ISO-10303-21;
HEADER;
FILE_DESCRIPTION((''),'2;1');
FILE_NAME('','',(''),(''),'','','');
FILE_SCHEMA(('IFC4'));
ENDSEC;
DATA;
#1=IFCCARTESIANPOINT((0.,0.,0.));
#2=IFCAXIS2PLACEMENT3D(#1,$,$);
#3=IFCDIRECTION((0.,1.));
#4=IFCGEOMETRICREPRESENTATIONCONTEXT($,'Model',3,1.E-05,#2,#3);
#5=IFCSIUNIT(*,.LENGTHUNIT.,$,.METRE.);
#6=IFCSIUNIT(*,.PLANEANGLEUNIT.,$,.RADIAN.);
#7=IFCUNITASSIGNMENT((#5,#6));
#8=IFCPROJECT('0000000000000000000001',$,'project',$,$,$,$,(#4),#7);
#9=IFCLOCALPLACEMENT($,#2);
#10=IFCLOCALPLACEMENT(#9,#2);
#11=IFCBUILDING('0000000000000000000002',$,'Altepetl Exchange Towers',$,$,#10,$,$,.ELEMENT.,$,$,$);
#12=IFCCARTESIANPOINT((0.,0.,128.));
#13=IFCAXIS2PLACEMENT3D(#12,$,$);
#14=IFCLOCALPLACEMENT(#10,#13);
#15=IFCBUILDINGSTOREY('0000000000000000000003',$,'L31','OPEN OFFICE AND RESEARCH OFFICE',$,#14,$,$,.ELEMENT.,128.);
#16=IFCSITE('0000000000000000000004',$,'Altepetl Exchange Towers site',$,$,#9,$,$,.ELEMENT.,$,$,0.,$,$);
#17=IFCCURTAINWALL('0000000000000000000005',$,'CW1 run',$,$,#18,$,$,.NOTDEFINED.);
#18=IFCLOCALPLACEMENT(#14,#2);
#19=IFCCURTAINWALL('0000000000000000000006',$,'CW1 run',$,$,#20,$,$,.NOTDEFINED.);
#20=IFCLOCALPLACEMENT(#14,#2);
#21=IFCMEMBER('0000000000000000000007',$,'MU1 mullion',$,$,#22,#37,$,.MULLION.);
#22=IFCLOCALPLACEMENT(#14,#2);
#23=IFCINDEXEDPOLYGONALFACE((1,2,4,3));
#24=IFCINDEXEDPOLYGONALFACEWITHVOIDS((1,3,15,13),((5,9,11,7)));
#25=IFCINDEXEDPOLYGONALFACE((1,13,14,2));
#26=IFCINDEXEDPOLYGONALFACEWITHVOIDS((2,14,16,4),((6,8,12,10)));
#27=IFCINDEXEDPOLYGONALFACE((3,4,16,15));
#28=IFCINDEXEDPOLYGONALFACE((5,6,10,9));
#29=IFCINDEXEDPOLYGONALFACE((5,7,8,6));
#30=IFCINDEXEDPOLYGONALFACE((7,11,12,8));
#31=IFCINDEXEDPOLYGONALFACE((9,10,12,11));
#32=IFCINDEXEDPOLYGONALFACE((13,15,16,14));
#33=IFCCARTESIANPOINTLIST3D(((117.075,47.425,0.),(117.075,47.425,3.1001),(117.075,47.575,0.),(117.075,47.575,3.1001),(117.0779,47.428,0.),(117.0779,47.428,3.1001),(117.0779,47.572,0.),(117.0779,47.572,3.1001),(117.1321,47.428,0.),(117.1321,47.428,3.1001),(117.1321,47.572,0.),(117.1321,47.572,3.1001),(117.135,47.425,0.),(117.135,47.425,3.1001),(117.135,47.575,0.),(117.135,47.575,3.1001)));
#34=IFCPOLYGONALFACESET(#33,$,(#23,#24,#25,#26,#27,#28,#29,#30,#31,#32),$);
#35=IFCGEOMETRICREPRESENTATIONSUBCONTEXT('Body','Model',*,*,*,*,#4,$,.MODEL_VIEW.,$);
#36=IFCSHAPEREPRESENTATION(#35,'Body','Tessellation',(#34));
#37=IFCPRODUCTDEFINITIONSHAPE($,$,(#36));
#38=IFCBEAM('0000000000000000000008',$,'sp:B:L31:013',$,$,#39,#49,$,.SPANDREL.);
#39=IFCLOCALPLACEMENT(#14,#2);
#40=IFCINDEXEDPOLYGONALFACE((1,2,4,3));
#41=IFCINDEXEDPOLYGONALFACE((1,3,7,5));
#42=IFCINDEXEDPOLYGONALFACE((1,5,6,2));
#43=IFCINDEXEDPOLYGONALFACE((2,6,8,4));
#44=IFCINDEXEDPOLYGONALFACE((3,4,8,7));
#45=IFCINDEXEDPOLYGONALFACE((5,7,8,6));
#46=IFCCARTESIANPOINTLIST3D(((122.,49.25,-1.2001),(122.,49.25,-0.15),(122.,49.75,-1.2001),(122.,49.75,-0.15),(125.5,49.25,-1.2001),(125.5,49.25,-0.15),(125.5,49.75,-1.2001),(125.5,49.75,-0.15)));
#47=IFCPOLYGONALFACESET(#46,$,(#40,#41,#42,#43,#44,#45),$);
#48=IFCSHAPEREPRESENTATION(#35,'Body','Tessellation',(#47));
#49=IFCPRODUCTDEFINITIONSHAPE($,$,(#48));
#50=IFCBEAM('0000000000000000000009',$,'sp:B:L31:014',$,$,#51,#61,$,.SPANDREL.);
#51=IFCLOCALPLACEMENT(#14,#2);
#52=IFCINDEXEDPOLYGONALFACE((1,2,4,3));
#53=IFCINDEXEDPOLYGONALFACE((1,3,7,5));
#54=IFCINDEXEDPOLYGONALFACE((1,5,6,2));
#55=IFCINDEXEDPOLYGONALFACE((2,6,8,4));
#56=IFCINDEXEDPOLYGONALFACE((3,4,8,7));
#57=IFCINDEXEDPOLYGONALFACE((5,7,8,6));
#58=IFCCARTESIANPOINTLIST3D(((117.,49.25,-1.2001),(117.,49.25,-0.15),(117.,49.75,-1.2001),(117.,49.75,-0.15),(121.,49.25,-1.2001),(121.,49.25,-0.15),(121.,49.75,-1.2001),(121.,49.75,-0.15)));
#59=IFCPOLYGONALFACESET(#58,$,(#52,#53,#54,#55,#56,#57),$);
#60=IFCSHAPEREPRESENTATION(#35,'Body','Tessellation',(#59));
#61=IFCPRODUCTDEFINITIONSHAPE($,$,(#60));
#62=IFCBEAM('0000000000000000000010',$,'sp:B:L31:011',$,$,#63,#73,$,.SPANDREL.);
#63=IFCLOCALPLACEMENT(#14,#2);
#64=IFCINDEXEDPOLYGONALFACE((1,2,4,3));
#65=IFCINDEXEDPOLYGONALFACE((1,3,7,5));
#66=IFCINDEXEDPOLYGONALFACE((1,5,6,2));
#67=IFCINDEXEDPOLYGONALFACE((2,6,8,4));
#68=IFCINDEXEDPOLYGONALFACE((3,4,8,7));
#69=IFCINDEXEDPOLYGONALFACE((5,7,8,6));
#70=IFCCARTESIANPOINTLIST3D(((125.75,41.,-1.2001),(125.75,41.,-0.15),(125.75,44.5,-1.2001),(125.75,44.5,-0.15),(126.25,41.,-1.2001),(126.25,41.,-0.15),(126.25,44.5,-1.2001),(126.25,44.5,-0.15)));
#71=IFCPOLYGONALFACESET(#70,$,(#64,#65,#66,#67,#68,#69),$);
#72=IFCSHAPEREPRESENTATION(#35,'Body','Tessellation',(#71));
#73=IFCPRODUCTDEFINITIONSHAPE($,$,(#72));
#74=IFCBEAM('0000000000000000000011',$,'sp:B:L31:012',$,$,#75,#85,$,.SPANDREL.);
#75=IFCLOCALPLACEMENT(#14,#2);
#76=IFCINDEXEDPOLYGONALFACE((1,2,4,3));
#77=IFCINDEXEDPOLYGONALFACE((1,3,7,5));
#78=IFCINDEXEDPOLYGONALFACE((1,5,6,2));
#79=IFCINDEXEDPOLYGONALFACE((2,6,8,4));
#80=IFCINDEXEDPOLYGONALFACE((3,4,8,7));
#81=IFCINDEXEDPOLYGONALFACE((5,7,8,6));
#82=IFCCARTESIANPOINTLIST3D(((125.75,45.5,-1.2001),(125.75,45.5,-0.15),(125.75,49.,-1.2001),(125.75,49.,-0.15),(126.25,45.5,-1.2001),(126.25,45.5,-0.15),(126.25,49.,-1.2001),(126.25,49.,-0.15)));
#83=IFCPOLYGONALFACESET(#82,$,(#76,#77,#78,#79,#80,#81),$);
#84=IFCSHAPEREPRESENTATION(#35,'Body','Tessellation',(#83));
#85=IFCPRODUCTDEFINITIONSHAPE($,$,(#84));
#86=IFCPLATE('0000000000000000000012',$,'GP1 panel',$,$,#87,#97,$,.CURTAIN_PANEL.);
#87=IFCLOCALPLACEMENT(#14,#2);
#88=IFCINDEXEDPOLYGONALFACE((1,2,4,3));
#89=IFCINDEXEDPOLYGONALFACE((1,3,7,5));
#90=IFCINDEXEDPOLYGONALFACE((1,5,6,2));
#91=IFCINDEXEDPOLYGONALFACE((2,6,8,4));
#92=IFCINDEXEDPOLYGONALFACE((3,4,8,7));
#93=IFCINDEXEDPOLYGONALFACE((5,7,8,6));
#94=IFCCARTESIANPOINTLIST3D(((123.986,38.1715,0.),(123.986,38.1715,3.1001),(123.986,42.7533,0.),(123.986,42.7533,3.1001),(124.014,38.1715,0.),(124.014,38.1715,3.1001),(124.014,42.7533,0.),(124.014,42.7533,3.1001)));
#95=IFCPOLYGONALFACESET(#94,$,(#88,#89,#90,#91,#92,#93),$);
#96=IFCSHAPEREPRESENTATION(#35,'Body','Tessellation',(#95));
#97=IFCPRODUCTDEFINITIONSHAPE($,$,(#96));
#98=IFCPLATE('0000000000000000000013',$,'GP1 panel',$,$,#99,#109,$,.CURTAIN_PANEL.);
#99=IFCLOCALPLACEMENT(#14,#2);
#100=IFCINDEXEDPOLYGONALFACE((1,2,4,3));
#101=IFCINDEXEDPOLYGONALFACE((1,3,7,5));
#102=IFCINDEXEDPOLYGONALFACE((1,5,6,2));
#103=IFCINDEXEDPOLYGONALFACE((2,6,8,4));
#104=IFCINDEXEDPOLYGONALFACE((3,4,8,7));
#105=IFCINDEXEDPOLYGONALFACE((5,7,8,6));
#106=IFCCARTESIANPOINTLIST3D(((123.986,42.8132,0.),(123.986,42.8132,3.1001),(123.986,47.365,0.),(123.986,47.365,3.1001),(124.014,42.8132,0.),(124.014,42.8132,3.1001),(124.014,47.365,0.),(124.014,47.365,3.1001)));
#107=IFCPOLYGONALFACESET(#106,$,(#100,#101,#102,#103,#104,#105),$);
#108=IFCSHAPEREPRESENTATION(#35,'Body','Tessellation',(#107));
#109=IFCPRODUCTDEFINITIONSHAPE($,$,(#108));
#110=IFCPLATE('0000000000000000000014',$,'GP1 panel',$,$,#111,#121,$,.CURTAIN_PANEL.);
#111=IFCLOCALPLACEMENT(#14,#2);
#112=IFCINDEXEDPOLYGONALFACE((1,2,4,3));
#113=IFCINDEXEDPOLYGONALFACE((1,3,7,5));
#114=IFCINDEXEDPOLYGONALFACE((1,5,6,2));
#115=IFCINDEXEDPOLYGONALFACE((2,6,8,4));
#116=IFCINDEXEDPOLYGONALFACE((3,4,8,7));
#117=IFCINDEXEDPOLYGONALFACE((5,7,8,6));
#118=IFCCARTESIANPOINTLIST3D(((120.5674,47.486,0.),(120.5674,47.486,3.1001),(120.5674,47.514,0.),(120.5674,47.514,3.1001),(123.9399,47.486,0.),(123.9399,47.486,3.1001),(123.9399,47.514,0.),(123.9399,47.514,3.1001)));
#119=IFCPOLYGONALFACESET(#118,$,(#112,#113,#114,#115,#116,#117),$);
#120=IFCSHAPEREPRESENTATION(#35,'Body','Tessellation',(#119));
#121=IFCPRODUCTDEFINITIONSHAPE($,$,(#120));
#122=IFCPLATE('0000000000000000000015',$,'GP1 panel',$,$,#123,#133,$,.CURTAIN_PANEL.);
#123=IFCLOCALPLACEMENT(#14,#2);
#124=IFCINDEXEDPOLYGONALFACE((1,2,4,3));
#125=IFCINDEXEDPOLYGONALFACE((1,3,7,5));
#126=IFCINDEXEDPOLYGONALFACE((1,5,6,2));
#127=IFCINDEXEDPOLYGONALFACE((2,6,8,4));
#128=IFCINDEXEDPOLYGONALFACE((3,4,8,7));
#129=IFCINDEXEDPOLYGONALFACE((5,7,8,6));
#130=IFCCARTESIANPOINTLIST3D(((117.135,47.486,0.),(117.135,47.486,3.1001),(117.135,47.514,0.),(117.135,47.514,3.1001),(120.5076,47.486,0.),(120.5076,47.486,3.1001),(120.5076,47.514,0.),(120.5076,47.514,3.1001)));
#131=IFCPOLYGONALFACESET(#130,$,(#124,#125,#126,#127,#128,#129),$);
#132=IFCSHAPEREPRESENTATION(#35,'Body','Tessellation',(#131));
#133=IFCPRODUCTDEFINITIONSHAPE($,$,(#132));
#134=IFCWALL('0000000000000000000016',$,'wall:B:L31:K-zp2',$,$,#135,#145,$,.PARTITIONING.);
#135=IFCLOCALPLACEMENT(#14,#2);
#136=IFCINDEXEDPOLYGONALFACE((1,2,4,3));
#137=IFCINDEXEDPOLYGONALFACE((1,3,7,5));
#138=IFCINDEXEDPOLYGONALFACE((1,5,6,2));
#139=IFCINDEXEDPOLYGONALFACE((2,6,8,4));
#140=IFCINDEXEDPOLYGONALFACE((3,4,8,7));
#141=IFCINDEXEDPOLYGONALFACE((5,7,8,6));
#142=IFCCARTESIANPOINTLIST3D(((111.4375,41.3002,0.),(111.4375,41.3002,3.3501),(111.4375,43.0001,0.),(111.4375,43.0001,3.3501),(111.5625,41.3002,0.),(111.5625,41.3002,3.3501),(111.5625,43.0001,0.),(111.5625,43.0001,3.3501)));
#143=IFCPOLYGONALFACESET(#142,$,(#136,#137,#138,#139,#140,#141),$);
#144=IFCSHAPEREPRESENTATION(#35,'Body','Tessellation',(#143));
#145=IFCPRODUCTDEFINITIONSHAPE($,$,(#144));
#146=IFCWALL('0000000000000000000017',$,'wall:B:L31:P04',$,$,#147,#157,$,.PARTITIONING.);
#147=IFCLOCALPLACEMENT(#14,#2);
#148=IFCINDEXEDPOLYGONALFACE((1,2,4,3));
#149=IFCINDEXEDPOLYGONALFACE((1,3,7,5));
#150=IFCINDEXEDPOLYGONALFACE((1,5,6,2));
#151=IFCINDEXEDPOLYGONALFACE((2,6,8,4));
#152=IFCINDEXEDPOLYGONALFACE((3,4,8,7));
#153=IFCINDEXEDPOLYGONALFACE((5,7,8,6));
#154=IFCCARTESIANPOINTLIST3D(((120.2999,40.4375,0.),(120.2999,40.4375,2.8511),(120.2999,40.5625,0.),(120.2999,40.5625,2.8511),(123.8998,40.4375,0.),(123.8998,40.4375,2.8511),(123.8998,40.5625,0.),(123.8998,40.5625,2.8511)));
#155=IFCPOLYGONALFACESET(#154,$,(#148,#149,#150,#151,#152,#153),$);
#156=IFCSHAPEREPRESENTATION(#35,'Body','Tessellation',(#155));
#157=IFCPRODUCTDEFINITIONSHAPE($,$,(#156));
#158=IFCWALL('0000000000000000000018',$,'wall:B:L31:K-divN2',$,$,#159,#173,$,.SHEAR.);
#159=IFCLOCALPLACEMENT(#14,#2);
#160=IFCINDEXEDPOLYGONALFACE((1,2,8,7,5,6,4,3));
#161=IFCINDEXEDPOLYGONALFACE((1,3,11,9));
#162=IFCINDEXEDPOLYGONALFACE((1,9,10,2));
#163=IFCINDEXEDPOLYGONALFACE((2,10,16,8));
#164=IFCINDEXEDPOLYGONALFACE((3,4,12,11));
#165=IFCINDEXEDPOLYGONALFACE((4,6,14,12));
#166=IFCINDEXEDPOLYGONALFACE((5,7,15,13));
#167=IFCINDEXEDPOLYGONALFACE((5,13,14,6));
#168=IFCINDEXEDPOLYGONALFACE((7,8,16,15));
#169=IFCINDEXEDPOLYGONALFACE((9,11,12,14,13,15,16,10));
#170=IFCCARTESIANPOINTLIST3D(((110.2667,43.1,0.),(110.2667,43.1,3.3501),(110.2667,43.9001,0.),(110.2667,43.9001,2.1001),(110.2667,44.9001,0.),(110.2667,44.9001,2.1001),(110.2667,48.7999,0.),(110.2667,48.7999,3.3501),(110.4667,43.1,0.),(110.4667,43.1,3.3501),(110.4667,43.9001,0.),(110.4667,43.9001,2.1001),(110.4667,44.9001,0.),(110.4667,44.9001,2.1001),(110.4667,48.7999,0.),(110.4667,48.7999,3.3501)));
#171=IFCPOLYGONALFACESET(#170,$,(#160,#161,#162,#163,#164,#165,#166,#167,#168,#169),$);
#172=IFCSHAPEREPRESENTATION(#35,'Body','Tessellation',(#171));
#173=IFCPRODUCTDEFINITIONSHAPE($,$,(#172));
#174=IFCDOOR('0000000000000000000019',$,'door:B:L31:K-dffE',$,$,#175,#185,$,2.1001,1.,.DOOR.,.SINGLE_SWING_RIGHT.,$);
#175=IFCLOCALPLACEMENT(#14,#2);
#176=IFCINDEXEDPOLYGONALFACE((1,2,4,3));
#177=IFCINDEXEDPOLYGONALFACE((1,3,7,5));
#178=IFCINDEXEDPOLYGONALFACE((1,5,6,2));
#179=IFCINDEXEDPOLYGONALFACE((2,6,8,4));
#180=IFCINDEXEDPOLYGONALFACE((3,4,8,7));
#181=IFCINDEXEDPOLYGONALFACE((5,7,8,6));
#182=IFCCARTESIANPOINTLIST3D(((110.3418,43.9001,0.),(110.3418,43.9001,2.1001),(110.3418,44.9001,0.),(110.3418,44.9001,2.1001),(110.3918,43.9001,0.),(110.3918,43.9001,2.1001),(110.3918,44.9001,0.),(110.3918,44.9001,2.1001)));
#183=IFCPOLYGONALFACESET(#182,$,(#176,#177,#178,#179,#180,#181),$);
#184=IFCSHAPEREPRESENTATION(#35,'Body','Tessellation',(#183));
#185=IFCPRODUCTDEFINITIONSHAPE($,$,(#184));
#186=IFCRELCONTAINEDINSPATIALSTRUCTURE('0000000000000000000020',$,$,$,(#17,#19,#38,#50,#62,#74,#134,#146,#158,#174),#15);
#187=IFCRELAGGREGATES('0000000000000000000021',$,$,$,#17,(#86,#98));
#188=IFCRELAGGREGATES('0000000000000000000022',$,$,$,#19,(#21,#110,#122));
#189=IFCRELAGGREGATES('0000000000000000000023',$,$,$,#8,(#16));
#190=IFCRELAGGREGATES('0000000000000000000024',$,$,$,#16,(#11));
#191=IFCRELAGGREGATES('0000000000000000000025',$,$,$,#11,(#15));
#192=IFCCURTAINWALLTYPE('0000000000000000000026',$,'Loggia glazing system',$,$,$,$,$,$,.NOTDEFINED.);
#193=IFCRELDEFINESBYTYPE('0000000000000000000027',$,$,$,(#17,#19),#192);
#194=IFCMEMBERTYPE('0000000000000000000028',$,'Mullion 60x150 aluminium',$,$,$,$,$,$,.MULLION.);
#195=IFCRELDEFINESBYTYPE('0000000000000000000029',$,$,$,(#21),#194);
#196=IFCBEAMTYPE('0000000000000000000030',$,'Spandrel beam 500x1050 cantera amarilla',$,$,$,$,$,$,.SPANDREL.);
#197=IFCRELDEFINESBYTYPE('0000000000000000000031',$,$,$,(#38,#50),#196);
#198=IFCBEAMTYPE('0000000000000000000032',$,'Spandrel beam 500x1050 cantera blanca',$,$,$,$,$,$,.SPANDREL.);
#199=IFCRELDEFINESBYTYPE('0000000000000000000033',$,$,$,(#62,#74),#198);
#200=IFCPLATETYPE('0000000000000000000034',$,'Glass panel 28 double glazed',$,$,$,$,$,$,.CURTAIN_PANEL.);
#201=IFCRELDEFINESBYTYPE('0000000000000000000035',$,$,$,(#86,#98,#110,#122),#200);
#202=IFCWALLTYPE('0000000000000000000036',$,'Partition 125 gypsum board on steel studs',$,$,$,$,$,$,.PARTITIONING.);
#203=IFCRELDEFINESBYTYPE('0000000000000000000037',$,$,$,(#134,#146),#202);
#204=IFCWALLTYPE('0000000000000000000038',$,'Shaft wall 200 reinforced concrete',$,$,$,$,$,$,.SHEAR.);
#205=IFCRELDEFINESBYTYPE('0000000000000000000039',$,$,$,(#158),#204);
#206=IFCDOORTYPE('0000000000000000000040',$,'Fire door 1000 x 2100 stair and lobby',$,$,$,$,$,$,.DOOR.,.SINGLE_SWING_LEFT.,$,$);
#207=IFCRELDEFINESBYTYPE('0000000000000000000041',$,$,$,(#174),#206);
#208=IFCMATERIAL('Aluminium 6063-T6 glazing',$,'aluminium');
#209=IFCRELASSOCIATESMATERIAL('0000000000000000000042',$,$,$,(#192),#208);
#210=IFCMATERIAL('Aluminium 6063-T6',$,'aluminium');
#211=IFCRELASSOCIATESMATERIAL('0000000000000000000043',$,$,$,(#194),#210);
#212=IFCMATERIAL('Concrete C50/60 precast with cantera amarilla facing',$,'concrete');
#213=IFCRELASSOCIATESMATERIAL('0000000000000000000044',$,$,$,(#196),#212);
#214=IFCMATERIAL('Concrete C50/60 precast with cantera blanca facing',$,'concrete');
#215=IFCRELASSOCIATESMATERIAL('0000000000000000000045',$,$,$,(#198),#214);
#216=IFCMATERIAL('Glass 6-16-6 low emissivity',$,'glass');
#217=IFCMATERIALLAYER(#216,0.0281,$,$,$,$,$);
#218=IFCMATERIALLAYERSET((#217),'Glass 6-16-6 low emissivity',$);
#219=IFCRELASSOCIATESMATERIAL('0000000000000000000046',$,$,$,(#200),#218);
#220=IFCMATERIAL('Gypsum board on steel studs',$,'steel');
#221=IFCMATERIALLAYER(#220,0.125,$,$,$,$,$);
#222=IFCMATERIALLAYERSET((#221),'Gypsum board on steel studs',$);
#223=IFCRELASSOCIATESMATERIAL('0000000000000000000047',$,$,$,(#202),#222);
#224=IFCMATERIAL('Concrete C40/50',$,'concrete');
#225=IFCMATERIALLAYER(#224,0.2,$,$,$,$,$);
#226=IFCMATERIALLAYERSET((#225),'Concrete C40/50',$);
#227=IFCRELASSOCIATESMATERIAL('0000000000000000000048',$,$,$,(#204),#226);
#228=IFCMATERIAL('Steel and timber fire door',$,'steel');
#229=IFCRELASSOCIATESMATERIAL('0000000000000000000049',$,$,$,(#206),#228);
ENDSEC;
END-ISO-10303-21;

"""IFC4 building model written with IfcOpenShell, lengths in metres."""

from ifc_helpers import new_model, si_unit, direction, frame, frame_2d, origin, origin_2d, place, context, subcontext, project, spatial, rectangle, hollow_rectangle, extrude, material, layer, layer_set, material_profile, profile_set, type_object, element, fill, aggregate, save


model = new_model("IFC4")

# Units and contexts
model_context = context("Model", 3, precision=1e-05, world=origin(), true_north=direction((0.0, 1.0)))
body_context = subcontext(model_context, "Body", "Model", "MODEL_VIEW")
ifc_project = project(units=[si_unit("LENGTHUNIT", "METRE"), si_unit("PLANEANGLEUNIT", "RADIAN")], contexts=[model_context])

# Site, building, storey
site_placement = place(None, origin())
site = spatial("IfcSite", under=ifc_project, at=site_placement, Name="Altepetl Exchange Towers site", CompositionType="ELEMENT", RefElevation=0.0)
building_placement = place(site_placement, origin())
building = spatial("IfcBuilding", under=site, at=building_placement, Name="Altepetl Exchange Towers", CompositionType="ELEMENT")
storey_placement = place(building_placement, frame((0.0, 0.0, 128.0)))
storey = spatial("IfcBuildingStorey", under=building, at=storey_placement, Name="L31", Description="OPEN OFFICE AND RESEARCH OFFICE", CompositionType="ELEMENT", Elevation=128.0)

# Curtain walls, member
ifc_material_1 = material(Name="Aluminium 6063-T6 glazing", Category="aluminium")
curtain_wall_type = type_object("IfcCurtainWallType", Name="Loggia glazing system", PredefinedType="NOTDEFINED", material=ifc_material_1)
curtain_wall_1_placement = place(storey_placement, origin())
curtain_wall_1 = element("IfcCurtainWall", 1, at=curtain_wall_1_placement, inside=storey, type_object=curtain_wall_type, Name="CW1 run", PredefinedType="NOTDEFINED")
ifc_material_2 = material(Name="Aluminium 6063-T6", Category="aluminium")
ifc_material_profile_1 = material_profile(ifc_material_2, hollow_rectangle(XDim=0.0601, YDim=0.1499, WallThickness=0.0029, at=origin_2d()), Name="Mullion 60x150 aluminium")
ifc_profile_set_1 = profile_set([ifc_material_profile_1], Name="Aluminium 6063-T6")
member_type = type_object("IfcMemberType", Name="Mullion 60x150 aluminium", PredefinedType="MULLION", material=ifc_profile_set_1)
curtain_wall_2_placement = place(storey_placement, origin())
curtain_wall_2 = element("IfcCurtainWall", 2, at=curtain_wall_2_placement, inside=storey, type_object=curtain_wall_type, Name="CW1 run", PredefinedType="NOTDEFINED")
member_1_placement = place(storey_placement, frame((117.105, 47.5, 0.0), z_axis=(0.0, 0.0, 1.0), x_axis=(-1.0, 0.0, 0.0)))
member_1 = element("IfcMember", 3, at=member_1_placement, type_object=member_type, Name="MU1 mullion", PredefinedType="MULLION", context=body_context, shape_type="SweptSolid", body=[
    extrude(hollow_rectangle(XDim=0.0601, YDim=0.1499, WallThickness=0.0029, at=origin_2d()), origin(), (0.0, 0.0, 1.0), 3.1001),
])

# Beams
ifc_material_3 = material(Name="Concrete C50/60 precast with cantera amarilla facing", Category="concrete")
ifc_material_profile_2 = material_profile(ifc_material_3, rectangle(XDim=0.5, YDim=1.05, at=origin_2d()), Name="500 x 1050")
ifc_profile_set_2 = profile_set([ifc_material_profile_2], Name="Concrete C50/60 precast with cantera amarilla facing")
beam_type_1 = type_object("IfcBeamType", Name="Spandrel beam 500x1050 cantera amarilla", PredefinedType="SPANDREL", material=ifc_profile_set_2)
beam_1_placement = place(storey_placement, frame((125.5, 49.5, -0.675), z_axis=(-1.0, 0.0, 0.0), x_axis=(0.0, -1.0, 0.0)))
element("IfcBeam", 4, at=beam_1_placement, inside=storey, type_object=beam_type_1, Name="sp:B:L31:013", PredefinedType="SPANDREL", context=body_context, shape_type="SweptSolid", body=[
    extrude(rectangle(XDim=0.5, YDim=1.05, at=origin_2d()), origin(), (0.0, 0.0, 1.0), 3.5),
])
beam_2_placement = place(storey_placement, frame((121.0, 49.5, -0.675), z_axis=(-1.0, 0.0, 0.0), x_axis=(0.0, -1.0, 0.0)))
element("IfcBeam", 5, at=beam_2_placement, inside=storey, type_object=beam_type_1, Name="sp:B:L31:014", PredefinedType="SPANDREL", context=body_context, shape_type="SweptSolid", body=[
    extrude(rectangle(XDim=0.5, YDim=1.05, at=origin_2d()), origin(), (0.0, 0.0, 1.0), 4.0),
])
ifc_material_4 = material(Name="Concrete C50/60 precast with cantera blanca facing", Category="concrete")
ifc_material_profile_3 = material_profile(ifc_material_4, rectangle(XDim=0.5, YDim=1.05, at=origin_2d()), Name="500 x 1050")
ifc_profile_set_3 = profile_set([ifc_material_profile_3], Name="Concrete C50/60 precast with cantera blanca facing")
beam_type_2 = type_object("IfcBeamType", Name="Spandrel beam 500x1050 cantera blanca", PredefinedType="SPANDREL", material=ifc_profile_set_3)
for number, where, z_axis, x_axis, name in (
    (6, (126.0, 41.0, -0.675), (0.0, 1.0, 0.0), (-1.0, 0.0, 0.0), "sp:B:L31:011"),
    (7, (126.0, 45.5, -0.675), (0.0, 1.0, 0.0), (-1.0, 0.0, 0.0), "sp:B:L31:012"),
):
    element("IfcBeam", number, at=place(storey_placement, frame(where, z_axis=z_axis, x_axis=x_axis)), inside=storey, type_object=beam_type_2, Name=name, PredefinedType="SPANDREL", context=body_context, shape_type="SweptSolid", body=[
        extrude(rectangle(XDim=0.5, YDim=1.05, at=origin_2d()), origin(), (0.0, 0.0, 1.0), 3.5),
    ])

# Plates
ifc_material_5 = material(Name="Glass 6-16-6 low emissivity", Category="glass")
ifc_layer_1 = layer(ifc_material_5, 0.0281)
ifc_layer_set_1 = layer_set([ifc_layer_1], Name="Glass 6-16-6 low emissivity")
plate_type = type_object("IfcPlateType", Name="Glass panel 28 double glazed", PredefinedType="CURTAIN_PANEL", material=ifc_layer_set_1)
plate_1_placement = place(storey_placement, frame((124.0, 40.4624, 0.0), z_axis=(0.0, 0.0, 1.0), x_axis=(0.0, 1.0, 0.0)))
plate_1 = element("IfcPlate", 8, at=plate_1_placement, type_object=plate_type, Name="GP1 panel", PredefinedType="CURTAIN_PANEL", context=body_context, shape_type="SweptSolid", body=[
    extrude(rectangle(XDim=4.5818, YDim=0.0281, at=origin_2d()), origin(), (0.0, 0.0, 1.0), 3.1001),
])
plate_2_placement = place(storey_placement, frame((124.0, 45.0891, 0.0), z_axis=(0.0, 0.0, 1.0), x_axis=(0.0, 1.0, 0.0)))
plate_2 = element("IfcPlate", 9, at=plate_2_placement, type_object=plate_type, Name="GP1 panel", PredefinedType="CURTAIN_PANEL", context=body_context, shape_type="SweptSolid", body=[
    extrude(rectangle(XDim=4.5518, YDim=0.0281, at=origin_2d()), origin(), (0.0, 0.0, 1.0), 3.1001),
])
aggregate(curtain_wall_1, [plate_1, plate_2])
plate_3_placement = place(storey_placement, frame((122.2537, 47.5, 0.0), z_axis=(0.0, 0.0, 1.0), x_axis=(-1.0, 0.0, 0.0)))
plate_3 = element("IfcPlate", 10, at=plate_3_placement, type_object=plate_type, Name="GP1 panel", PredefinedType="CURTAIN_PANEL", context=body_context, shape_type="SweptSolid", body=[
    extrude(rectangle(XDim=3.3726, YDim=0.0281, at=origin_2d()), origin(), (0.0, 0.0, 1.0), 3.1001),
])
plate_4_placement = place(storey_placement, frame((118.8213, 47.5, 0.0), z_axis=(0.0, 0.0, 1.0), x_axis=(-1.0, 0.0, 0.0)))
plate_4 = element("IfcPlate", 11, at=plate_4_placement, type_object=plate_type, Name="GP1 panel", PredefinedType="CURTAIN_PANEL", context=body_context, shape_type="SweptSolid", body=[
    extrude(rectangle(XDim=3.3726, YDim=0.0281, at=origin_2d()), origin(), (0.0, 0.0, 1.0), 3.1001),
])
aggregate(curtain_wall_2, [member_1, plate_3, plate_4])

# Walls
ifc_material_6 = material(Name="Gypsum board on steel studs", Category="steel")
ifc_layer_2 = layer(ifc_material_6, 0.125)
ifc_layer_set_2 = layer_set([ifc_layer_2], Name="Gypsum board on steel studs")
wall_type_1 = type_object("IfcWallType", Name="Partition 125 gypsum board on steel studs", PredefinedType="PARTITIONING", material=ifc_layer_set_2)
wall_1_placement = place(storey_placement, frame((111.5, 41.3, 0.0), z_axis=(0.0, 0.0, 1.0), x_axis=(0.0, 1.0, 0.0)))
element("IfcWall", 12, at=wall_1_placement, inside=storey, type_object=wall_type_1, Name="wall:B:L31:K-zp2", PredefinedType="PARTITIONING", context=body_context, shape_type="SweptSolid", body=[
    extrude(rectangle(XDim=1.7, YDim=0.125, at=frame_2d((0.8501, 0.0))), origin(), (0.0, 0.0, 1.0), 3.3501),
])
wall_2_placement = place(storey_placement, frame((120.3, 40.5, 0.0)))
element("IfcWall", 13, at=wall_2_placement, inside=storey, type_object=wall_type_1, Name="wall:B:L31:P04", PredefinedType="PARTITIONING", context=body_context, shape_type="SweptSolid", body=[
    extrude(rectangle(XDim=3.5999, YDim=0.125, at=frame_2d((1.7998, 0.0))), origin(), (0.0, 0.0, 1.0), 2.8511),
])

# Wall, opening, door
ifc_material_7 = material(Name="Concrete C40/50", Category="concrete")
ifc_layer_3 = layer(ifc_material_7, 0.2)
ifc_layer_set_3 = layer_set([ifc_layer_3], Name="Concrete C40/50")
wall_type_2 = type_object("IfcWallType", Name="Shaft wall 200 reinforced concrete", PredefinedType="SHEAR", material=ifc_layer_set_3)
wall_3_placement = place(storey_placement, frame((110.3667, 48.8, 0.0), z_axis=(0.0, 0.0, 1.0), x_axis=(0.0, -1.0, 0.0)))
wall_3 = element("IfcWall", 14, at=wall_3_placement, inside=storey, type_object=wall_type_2, Name="wall:B:L31:K-divN2", PredefinedType="SHEAR", context=body_context, shape_type="SweptSolid", body=[
    extrude(rectangle(XDim=5.7, YDim=0.2, at=frame_2d((2.8501, 0.0))), origin(), (0.0, 0.0, 1.0), 3.3501),
])
opening_1_placement = place(wall_3_placement, frame((3.8999, 0.0, 0.0)))
opening_1 = element("IfcOpeningElement", 15, at=opening_1_placement, cuts=wall_3, PredefinedType="OPENING", context=body_context, shape_type="SweptSolid", body=[
    extrude(rectangle(XDim=1.0, YDim=2.1001, at=frame_2d((0.5, 1.05))), frame((0.0, 0.1099, 0.0), z_axis=(0.0, -1.0, 0.0), x_axis=(1.0, 0.0, 0.0)), (0.0, 0.0, 1.0), 0.22),
])
ifc_material_8 = material(Name="Steel and timber fire door", Category="steel")
door_type_1 = type_object("IfcDoorType", Name="Fire door 1000 x 2100 stair and lobby", OperationType="SINGLE_SWING_LEFT", PredefinedType="DOOR", material=ifc_material_8)
door_1_placement = place(opening_1_placement, frame((1.0, 0.0, 0.0), x_axis=(-1.0, 0.0, 0.0)))
door_1 = element("IfcDoor", 16, at=door_1_placement, inside=storey, type_object=door_type_1, Name="door:B:L31:K-dffE", OperationType="SINGLE_SWING_RIGHT", OverallHeight=2.1001, OverallWidth=1.0, PredefinedType="DOOR", context=body_context, shape_type="SweptSolid", body=[
    extrude(rectangle(XDim=1.0, YDim=2.1001, at=frame_2d((0.5, 1.05))), frame((0.0, 0.0249, 0.0), z_axis=(0.0, -1.0, 0.0), x_axis=(1.0, 0.0, 0.0)), (0.0, 0.0, 1.0), 0.05),
])
fill(opening_1, door_1)

save(model, "model.ifc")
